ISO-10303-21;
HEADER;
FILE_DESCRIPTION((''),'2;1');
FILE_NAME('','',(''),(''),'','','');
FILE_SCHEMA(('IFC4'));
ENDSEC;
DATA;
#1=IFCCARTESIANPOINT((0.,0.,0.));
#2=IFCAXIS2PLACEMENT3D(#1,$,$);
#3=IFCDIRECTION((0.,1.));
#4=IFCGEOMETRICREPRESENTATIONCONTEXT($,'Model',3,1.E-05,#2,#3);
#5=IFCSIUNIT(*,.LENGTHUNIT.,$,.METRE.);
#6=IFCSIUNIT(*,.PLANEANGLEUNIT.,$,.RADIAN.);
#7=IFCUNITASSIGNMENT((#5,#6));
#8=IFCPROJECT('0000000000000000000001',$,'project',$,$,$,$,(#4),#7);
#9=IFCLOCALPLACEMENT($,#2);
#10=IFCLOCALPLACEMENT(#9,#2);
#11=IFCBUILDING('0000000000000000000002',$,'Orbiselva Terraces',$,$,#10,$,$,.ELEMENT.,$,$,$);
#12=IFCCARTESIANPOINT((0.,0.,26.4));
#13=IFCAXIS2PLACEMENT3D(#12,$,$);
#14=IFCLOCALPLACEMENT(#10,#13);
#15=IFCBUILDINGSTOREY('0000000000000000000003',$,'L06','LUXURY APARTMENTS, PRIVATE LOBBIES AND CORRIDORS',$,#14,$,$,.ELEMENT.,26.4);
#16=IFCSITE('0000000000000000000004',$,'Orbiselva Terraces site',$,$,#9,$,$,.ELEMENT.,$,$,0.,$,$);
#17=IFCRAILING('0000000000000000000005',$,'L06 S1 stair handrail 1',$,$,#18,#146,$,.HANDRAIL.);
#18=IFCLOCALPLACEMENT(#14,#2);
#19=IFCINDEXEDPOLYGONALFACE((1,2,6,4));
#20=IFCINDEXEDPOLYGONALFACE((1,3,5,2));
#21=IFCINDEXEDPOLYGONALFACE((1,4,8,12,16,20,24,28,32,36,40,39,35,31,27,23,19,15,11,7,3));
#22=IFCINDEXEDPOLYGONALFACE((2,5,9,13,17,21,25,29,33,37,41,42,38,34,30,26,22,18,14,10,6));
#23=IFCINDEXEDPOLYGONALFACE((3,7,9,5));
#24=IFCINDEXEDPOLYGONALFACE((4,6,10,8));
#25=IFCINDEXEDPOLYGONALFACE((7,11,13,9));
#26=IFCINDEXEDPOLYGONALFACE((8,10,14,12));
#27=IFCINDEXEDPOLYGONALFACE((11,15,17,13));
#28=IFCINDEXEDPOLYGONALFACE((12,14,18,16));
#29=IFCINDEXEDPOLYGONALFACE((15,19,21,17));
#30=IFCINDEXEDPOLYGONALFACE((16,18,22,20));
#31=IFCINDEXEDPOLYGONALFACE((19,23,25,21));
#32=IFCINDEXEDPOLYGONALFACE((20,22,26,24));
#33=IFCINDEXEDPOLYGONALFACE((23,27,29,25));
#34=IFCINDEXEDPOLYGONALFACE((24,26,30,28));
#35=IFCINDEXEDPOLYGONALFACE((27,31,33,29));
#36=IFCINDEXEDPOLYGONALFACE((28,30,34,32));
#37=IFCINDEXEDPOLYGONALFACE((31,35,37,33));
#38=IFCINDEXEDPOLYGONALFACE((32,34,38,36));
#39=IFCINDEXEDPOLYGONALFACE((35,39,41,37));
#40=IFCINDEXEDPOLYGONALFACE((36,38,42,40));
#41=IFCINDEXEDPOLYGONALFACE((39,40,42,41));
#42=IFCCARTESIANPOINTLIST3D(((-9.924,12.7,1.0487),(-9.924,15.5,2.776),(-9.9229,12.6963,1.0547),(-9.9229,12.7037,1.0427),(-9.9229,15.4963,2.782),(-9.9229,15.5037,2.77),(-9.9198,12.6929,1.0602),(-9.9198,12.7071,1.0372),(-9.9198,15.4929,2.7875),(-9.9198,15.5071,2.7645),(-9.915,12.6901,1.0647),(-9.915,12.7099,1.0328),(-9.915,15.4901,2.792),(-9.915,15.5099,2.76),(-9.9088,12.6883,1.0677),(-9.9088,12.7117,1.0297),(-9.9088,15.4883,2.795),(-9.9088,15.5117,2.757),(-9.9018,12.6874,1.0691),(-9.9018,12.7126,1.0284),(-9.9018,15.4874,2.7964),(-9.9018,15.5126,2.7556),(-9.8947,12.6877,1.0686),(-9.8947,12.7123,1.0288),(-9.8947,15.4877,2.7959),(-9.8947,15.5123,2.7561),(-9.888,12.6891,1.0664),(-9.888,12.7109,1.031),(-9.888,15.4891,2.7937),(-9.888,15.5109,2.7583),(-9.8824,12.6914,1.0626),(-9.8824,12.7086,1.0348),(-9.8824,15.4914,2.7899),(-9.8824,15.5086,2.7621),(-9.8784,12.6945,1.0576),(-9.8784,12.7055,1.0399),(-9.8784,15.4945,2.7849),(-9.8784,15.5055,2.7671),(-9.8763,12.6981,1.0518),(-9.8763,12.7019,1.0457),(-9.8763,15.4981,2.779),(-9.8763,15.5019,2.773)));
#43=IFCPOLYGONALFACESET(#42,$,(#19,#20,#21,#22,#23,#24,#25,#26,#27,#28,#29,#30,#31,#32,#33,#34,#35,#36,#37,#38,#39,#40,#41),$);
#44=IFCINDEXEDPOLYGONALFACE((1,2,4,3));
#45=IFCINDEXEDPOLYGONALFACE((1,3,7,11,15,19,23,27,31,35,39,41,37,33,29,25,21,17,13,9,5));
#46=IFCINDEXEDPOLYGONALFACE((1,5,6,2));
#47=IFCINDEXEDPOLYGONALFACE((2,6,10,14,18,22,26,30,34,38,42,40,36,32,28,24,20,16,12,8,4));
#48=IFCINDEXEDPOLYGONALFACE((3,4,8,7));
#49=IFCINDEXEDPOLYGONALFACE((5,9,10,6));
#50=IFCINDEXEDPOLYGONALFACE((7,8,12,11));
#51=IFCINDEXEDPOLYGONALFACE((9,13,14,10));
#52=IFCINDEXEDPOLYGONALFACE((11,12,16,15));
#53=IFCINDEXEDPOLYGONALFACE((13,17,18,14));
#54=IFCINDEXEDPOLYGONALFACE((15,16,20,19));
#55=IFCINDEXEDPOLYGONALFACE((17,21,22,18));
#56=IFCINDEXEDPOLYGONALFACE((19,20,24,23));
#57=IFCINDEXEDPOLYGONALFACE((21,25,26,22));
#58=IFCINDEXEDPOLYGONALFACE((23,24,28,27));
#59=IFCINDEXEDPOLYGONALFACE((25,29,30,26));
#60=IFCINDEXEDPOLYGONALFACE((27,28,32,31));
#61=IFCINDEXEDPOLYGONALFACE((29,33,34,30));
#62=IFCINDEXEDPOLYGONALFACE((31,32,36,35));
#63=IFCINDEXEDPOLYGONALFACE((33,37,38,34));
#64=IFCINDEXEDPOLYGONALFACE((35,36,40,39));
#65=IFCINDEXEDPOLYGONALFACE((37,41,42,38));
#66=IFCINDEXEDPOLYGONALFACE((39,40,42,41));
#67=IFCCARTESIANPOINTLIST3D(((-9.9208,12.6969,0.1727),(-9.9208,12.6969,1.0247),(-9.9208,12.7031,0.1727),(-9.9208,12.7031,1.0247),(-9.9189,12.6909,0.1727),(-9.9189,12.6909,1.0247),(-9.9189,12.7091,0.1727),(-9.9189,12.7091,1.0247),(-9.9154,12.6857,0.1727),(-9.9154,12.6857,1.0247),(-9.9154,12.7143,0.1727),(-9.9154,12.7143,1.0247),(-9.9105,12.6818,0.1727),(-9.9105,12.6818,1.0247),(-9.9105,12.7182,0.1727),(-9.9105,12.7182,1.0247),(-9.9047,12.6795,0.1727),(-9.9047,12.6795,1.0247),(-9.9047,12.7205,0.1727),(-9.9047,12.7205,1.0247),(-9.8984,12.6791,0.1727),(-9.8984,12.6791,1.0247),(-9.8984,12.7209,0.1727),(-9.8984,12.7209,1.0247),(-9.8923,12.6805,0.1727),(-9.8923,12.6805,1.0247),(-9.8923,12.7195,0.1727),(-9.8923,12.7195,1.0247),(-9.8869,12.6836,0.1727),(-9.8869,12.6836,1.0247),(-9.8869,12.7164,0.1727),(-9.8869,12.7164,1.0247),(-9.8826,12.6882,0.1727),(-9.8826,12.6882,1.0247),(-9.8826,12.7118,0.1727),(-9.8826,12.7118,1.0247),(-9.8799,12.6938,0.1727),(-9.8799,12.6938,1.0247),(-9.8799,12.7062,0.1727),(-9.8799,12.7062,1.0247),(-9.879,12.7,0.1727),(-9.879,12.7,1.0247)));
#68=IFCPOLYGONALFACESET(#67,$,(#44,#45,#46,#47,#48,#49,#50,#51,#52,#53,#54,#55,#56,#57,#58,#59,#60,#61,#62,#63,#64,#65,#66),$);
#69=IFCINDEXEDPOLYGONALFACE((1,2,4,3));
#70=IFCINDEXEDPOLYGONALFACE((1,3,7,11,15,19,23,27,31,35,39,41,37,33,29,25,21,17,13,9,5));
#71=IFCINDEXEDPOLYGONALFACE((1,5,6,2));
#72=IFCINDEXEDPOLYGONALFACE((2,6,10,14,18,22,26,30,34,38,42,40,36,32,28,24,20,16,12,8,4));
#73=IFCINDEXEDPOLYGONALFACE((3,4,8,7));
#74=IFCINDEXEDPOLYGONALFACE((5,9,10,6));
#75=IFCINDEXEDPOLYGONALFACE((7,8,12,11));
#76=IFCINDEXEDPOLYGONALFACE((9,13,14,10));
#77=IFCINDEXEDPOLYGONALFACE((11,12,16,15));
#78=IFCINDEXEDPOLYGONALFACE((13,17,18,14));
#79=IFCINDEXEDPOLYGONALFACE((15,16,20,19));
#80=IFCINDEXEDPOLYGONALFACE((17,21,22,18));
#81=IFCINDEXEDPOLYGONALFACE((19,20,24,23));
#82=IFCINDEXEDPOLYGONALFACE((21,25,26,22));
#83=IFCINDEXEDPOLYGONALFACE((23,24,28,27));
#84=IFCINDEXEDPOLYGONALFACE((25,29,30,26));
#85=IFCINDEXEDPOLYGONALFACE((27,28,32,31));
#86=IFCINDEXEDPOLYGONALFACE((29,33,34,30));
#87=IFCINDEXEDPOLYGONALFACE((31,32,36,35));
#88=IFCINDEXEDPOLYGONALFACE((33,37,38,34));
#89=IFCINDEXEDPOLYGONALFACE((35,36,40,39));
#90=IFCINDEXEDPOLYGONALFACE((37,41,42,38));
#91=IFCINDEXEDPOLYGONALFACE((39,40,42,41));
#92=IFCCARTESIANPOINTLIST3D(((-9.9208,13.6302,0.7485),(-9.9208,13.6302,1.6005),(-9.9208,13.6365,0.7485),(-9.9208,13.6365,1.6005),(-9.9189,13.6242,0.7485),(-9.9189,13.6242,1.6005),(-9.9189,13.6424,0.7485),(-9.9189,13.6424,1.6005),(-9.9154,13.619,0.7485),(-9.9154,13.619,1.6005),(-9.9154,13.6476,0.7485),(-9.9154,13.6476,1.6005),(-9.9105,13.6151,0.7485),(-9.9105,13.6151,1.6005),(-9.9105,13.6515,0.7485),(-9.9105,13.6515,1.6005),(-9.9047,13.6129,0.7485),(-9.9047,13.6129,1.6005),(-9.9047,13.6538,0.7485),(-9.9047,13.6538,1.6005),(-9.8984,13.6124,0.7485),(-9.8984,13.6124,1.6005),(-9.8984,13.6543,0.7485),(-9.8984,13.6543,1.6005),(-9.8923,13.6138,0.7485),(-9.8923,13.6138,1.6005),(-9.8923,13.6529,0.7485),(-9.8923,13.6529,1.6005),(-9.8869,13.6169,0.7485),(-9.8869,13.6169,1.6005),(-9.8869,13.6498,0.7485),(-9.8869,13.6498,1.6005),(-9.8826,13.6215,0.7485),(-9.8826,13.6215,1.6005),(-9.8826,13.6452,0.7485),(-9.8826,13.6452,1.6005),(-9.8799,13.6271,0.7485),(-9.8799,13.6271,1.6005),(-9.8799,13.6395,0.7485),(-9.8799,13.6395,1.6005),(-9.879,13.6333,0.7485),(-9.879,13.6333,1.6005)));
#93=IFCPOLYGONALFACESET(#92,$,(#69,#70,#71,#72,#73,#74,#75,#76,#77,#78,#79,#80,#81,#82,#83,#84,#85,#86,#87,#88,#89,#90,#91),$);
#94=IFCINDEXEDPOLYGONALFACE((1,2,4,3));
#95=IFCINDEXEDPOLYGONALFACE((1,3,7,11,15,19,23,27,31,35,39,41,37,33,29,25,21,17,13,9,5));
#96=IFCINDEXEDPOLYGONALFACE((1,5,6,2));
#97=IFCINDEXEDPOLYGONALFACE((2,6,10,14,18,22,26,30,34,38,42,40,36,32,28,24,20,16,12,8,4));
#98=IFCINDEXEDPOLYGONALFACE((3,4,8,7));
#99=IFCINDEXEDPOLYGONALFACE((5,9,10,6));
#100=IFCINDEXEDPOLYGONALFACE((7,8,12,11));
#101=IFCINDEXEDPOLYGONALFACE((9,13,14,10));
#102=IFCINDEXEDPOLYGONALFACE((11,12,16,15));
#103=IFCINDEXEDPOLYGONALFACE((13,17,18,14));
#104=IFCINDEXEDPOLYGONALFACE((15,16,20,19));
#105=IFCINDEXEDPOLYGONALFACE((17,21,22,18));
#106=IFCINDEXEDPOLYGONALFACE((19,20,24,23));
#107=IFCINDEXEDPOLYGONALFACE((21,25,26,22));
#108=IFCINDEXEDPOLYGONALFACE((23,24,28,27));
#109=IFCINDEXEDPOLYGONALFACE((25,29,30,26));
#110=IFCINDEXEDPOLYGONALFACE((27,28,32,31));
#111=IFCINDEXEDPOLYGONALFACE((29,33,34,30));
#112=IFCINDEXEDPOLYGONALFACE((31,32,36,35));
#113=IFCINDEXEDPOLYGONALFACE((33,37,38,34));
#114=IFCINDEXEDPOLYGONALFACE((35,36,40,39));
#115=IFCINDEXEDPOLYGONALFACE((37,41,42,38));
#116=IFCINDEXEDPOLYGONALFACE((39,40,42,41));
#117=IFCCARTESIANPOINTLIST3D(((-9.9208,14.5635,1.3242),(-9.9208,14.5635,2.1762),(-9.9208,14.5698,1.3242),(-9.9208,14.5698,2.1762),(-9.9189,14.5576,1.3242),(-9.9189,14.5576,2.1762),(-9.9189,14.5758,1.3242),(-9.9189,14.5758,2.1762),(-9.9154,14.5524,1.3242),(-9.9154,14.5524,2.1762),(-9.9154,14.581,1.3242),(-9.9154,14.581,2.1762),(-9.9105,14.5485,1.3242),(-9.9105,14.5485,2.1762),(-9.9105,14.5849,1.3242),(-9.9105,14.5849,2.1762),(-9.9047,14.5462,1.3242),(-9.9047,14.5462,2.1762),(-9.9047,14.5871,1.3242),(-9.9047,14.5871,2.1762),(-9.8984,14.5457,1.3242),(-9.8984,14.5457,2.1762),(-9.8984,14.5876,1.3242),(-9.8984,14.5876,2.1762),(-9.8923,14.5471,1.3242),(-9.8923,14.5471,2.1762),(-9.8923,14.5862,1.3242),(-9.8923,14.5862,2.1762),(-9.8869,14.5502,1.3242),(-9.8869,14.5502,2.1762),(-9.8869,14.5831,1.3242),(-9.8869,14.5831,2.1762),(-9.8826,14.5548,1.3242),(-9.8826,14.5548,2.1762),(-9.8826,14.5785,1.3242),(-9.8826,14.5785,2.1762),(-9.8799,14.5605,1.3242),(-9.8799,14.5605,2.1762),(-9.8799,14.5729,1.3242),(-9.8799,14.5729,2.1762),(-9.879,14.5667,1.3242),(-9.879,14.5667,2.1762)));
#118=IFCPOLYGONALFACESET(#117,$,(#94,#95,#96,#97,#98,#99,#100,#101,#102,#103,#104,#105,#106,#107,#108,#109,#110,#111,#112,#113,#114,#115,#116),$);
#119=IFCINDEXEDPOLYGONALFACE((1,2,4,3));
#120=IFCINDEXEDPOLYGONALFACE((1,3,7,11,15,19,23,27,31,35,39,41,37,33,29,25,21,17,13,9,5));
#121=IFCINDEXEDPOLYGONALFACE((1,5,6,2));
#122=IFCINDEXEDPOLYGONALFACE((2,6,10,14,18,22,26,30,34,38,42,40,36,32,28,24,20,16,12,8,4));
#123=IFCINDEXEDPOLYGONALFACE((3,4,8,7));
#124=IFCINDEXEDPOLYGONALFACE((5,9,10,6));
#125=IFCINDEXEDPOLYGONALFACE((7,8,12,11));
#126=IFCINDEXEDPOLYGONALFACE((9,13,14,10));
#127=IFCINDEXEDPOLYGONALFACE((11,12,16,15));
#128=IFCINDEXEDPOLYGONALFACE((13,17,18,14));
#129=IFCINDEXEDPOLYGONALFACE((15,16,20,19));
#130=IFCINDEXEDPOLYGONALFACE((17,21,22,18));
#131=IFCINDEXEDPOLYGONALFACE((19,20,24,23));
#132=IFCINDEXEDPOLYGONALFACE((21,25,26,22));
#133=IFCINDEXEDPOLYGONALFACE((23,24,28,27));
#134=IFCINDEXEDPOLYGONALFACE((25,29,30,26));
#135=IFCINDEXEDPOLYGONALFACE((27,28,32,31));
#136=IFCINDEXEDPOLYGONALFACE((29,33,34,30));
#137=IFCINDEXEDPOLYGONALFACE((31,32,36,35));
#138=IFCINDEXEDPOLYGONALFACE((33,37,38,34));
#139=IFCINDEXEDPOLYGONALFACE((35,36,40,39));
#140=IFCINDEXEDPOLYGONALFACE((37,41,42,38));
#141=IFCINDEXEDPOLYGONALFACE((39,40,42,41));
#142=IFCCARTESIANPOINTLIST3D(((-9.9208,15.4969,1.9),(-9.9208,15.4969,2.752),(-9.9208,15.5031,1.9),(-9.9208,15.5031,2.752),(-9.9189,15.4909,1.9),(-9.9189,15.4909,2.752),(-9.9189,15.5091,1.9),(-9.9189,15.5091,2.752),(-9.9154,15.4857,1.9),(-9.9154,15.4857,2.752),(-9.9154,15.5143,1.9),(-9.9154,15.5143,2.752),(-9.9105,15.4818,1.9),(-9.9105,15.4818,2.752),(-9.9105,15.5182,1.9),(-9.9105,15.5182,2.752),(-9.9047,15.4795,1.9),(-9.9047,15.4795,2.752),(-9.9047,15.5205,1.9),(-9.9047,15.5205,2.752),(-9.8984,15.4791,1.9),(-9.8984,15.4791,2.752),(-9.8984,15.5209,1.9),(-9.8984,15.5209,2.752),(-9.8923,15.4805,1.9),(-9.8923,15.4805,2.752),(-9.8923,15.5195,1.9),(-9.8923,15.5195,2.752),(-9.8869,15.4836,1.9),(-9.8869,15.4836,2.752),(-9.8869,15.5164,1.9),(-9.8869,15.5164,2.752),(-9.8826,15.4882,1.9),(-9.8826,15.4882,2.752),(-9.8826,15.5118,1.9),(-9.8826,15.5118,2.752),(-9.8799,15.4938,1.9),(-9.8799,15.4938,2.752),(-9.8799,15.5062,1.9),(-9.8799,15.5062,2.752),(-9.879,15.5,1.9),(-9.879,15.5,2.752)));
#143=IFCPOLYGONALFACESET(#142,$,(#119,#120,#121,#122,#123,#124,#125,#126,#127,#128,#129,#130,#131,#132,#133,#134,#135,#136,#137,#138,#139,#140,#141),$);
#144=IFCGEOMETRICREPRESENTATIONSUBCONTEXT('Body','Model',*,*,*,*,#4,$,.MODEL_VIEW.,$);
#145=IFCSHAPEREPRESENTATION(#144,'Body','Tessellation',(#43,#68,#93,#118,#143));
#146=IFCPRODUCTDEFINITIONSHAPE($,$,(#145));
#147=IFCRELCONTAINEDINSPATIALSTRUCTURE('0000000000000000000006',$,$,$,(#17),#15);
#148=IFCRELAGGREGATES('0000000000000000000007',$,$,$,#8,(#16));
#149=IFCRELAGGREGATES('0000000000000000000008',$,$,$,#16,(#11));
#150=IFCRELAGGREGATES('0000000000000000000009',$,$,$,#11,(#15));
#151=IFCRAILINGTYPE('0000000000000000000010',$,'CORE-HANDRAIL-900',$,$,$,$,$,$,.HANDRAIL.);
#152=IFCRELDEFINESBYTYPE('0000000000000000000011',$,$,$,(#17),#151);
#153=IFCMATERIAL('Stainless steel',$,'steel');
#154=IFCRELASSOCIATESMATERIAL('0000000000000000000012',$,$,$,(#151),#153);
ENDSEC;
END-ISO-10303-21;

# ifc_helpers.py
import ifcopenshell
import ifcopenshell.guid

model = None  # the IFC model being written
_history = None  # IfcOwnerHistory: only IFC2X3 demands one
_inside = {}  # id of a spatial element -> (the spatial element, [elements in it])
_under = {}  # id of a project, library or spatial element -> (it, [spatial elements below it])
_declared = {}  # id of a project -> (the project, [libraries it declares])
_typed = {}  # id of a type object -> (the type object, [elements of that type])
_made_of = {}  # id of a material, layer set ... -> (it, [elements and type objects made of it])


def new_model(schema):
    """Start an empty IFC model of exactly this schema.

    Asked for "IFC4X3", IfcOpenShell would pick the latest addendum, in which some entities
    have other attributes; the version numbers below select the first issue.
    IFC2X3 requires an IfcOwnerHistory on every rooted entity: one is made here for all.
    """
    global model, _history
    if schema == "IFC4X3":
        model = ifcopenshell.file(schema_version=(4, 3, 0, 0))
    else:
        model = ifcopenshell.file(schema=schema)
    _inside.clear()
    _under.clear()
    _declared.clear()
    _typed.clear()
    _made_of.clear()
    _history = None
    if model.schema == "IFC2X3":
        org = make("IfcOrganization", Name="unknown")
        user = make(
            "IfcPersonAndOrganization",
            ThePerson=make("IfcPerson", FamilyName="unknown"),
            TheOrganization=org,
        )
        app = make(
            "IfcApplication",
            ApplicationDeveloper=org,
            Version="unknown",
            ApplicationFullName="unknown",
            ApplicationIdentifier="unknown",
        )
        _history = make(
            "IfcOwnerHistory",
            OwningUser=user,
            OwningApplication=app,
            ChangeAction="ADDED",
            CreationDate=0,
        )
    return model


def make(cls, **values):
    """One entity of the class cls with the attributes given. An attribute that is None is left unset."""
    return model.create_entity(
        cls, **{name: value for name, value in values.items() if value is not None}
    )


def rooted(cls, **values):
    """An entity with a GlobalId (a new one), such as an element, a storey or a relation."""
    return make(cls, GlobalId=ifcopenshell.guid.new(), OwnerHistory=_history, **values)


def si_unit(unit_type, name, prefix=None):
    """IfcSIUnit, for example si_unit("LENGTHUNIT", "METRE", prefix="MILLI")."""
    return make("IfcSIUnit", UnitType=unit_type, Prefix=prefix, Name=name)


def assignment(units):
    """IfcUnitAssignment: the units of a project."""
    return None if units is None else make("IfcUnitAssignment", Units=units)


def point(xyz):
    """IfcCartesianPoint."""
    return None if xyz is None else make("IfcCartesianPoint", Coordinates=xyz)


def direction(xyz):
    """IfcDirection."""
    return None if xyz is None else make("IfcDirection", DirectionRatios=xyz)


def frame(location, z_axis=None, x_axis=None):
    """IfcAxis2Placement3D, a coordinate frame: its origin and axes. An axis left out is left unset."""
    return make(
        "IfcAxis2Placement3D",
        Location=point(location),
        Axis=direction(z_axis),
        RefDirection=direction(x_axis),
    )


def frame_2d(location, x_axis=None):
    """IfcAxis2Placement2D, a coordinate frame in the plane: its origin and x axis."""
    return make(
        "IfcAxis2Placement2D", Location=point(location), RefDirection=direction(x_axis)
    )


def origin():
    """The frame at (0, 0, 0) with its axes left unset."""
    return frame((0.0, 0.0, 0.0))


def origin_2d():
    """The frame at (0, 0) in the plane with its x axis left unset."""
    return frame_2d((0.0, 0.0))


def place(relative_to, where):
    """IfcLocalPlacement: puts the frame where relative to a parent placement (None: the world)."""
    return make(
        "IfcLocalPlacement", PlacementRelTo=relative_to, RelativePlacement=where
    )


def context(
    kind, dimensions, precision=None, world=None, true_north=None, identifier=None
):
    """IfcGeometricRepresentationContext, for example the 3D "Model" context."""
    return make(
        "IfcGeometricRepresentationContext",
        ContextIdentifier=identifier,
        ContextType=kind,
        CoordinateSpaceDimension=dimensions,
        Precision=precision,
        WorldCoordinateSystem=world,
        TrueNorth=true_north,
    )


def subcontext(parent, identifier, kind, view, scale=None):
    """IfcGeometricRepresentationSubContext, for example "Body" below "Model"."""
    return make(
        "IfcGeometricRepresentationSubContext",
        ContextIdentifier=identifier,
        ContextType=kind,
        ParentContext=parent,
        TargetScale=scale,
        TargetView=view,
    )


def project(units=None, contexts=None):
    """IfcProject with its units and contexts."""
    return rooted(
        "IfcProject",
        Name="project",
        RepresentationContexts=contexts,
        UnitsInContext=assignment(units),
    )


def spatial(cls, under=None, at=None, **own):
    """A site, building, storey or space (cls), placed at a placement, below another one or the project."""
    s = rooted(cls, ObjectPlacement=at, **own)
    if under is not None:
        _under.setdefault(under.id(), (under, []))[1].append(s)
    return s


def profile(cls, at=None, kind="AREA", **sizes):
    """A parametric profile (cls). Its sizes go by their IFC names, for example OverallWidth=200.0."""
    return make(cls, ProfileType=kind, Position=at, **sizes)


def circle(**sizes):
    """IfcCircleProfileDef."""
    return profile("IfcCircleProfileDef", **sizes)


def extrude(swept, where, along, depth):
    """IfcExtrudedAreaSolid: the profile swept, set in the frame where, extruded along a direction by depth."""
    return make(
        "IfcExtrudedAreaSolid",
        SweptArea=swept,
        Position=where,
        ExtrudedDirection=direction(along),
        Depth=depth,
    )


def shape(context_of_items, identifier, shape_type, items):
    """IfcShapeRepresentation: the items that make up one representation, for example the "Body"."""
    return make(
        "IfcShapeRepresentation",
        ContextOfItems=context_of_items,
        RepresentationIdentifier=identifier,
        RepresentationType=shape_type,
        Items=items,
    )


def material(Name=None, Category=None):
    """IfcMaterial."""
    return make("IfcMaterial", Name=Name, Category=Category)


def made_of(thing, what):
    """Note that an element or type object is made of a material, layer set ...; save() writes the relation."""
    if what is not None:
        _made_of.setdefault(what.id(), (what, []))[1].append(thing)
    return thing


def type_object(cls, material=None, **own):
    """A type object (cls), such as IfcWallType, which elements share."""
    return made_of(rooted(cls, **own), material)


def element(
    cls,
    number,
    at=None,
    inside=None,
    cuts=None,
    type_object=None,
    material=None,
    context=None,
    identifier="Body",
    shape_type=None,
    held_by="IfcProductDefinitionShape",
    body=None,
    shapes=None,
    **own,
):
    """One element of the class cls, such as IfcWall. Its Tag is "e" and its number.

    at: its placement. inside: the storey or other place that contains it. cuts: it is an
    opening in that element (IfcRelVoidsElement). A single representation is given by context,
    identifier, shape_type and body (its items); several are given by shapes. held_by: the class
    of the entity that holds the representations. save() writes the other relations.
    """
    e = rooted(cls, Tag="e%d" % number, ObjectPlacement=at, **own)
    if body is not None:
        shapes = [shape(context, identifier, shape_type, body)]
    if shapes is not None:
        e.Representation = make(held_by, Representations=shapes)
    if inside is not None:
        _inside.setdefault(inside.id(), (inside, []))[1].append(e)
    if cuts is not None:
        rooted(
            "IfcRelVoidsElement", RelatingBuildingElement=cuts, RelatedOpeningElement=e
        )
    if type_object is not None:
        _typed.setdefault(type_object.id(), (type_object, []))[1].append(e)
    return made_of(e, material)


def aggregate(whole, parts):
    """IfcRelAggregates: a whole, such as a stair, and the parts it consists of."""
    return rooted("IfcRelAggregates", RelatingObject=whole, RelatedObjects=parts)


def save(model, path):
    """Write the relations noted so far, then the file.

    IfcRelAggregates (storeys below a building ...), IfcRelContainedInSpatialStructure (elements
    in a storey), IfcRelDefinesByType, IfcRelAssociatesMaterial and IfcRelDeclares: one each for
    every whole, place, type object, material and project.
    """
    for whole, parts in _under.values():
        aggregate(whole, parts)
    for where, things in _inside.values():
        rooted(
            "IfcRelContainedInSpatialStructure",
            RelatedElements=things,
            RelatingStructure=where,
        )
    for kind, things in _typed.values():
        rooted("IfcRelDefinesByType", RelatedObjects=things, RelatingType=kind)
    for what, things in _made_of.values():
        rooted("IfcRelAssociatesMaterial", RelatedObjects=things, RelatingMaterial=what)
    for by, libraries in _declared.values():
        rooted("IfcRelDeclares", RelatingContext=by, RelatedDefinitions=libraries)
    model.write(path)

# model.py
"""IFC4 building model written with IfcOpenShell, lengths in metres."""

from ifc_helpers import new_model, si_unit, direction, frame, origin, origin_2d, place, context, subcontext, project, spatial, circle, extrude, material, type_object, element, save


model = new_model("IFC4")

# Units and contexts
model_context = context("Model", 3, precision=1e-05, world=origin(), true_north=direction((0.0, 1.0)))
body_context = subcontext(model_context, "Body", "Model", "MODEL_VIEW")
ifc_project = project(units=[si_unit("LENGTHUNIT", "METRE"), si_unit("PLANEANGLEUNIT", "RADIAN")], contexts=[model_context])

# Site, building, storey
site_placement = place(None, origin())
site = spatial("IfcSite", under=ifc_project, at=site_placement, Name="Orbiselva Terraces site", CompositionType="ELEMENT", RefElevation=0.0)
building_placement = place(site_placement, origin())
building = spatial("IfcBuilding", under=site, at=building_placement, Name="Orbiselva Terraces", CompositionType="ELEMENT")
storey_placement = place(building_placement, frame((0.0, 0.0, 26.4)))
storey = spatial("IfcBuildingStorey", under=building, at=storey_placement, Name="L06", Description="LUXURY APARTMENTS, PRIVATE LOBBIES AND CORRIDORS", CompositionType="ELEMENT", Elevation=26.4)

# Railing
ifc_material_1 = material(Name="Stainless steel", Category="steel")
railing_type = type_object("IfcRailingType", Name="CORE-HANDRAIL-900", PredefinedType="HANDRAIL", material=ifc_material_1)
railing_1_placement = place(storey_placement, frame((-9.9, 12.7, 0.1727)))
element("IfcRailing", 1, at=railing_1_placement, inside=storey, type_object=railing_type, Name="L06 S1 stair handrail 1", PredefinedType="HANDRAIL", context=body_context, shape_type="SweptSolid", body=[
    extrude(circle(Radius=0.024, at=origin_2d()), frame((0.0, 0.0, 0.876), z_axis=(0.0, 0.851089, 0.525022), x_axis=(-1.0, 0.0, 0.0)), (0.0, 0.0, 1.0), 3.2899),
    extrude(circle(Radius=0.021, at=origin_2d()), origin(), (0.0, 0.0, 1.0), 0.852),
    extrude(circle(Radius=0.021, at=origin_2d()), frame((0.0, 0.9333, 0.5758)), (0.0, 0.0, 1.0), 0.852),
    extrude(circle(Radius=0.021, at=origin_2d()), frame((0.0, 1.8667, 1.1515)), (0.0, 0.0, 1.0), 0.852),
    extrude(circle(Radius=0.021, at=origin_2d()), frame((0.0, 2.8, 1.7273)), (0.0, 0.0, 1.0), 0.852),
])

save(model, "model.ifc")
